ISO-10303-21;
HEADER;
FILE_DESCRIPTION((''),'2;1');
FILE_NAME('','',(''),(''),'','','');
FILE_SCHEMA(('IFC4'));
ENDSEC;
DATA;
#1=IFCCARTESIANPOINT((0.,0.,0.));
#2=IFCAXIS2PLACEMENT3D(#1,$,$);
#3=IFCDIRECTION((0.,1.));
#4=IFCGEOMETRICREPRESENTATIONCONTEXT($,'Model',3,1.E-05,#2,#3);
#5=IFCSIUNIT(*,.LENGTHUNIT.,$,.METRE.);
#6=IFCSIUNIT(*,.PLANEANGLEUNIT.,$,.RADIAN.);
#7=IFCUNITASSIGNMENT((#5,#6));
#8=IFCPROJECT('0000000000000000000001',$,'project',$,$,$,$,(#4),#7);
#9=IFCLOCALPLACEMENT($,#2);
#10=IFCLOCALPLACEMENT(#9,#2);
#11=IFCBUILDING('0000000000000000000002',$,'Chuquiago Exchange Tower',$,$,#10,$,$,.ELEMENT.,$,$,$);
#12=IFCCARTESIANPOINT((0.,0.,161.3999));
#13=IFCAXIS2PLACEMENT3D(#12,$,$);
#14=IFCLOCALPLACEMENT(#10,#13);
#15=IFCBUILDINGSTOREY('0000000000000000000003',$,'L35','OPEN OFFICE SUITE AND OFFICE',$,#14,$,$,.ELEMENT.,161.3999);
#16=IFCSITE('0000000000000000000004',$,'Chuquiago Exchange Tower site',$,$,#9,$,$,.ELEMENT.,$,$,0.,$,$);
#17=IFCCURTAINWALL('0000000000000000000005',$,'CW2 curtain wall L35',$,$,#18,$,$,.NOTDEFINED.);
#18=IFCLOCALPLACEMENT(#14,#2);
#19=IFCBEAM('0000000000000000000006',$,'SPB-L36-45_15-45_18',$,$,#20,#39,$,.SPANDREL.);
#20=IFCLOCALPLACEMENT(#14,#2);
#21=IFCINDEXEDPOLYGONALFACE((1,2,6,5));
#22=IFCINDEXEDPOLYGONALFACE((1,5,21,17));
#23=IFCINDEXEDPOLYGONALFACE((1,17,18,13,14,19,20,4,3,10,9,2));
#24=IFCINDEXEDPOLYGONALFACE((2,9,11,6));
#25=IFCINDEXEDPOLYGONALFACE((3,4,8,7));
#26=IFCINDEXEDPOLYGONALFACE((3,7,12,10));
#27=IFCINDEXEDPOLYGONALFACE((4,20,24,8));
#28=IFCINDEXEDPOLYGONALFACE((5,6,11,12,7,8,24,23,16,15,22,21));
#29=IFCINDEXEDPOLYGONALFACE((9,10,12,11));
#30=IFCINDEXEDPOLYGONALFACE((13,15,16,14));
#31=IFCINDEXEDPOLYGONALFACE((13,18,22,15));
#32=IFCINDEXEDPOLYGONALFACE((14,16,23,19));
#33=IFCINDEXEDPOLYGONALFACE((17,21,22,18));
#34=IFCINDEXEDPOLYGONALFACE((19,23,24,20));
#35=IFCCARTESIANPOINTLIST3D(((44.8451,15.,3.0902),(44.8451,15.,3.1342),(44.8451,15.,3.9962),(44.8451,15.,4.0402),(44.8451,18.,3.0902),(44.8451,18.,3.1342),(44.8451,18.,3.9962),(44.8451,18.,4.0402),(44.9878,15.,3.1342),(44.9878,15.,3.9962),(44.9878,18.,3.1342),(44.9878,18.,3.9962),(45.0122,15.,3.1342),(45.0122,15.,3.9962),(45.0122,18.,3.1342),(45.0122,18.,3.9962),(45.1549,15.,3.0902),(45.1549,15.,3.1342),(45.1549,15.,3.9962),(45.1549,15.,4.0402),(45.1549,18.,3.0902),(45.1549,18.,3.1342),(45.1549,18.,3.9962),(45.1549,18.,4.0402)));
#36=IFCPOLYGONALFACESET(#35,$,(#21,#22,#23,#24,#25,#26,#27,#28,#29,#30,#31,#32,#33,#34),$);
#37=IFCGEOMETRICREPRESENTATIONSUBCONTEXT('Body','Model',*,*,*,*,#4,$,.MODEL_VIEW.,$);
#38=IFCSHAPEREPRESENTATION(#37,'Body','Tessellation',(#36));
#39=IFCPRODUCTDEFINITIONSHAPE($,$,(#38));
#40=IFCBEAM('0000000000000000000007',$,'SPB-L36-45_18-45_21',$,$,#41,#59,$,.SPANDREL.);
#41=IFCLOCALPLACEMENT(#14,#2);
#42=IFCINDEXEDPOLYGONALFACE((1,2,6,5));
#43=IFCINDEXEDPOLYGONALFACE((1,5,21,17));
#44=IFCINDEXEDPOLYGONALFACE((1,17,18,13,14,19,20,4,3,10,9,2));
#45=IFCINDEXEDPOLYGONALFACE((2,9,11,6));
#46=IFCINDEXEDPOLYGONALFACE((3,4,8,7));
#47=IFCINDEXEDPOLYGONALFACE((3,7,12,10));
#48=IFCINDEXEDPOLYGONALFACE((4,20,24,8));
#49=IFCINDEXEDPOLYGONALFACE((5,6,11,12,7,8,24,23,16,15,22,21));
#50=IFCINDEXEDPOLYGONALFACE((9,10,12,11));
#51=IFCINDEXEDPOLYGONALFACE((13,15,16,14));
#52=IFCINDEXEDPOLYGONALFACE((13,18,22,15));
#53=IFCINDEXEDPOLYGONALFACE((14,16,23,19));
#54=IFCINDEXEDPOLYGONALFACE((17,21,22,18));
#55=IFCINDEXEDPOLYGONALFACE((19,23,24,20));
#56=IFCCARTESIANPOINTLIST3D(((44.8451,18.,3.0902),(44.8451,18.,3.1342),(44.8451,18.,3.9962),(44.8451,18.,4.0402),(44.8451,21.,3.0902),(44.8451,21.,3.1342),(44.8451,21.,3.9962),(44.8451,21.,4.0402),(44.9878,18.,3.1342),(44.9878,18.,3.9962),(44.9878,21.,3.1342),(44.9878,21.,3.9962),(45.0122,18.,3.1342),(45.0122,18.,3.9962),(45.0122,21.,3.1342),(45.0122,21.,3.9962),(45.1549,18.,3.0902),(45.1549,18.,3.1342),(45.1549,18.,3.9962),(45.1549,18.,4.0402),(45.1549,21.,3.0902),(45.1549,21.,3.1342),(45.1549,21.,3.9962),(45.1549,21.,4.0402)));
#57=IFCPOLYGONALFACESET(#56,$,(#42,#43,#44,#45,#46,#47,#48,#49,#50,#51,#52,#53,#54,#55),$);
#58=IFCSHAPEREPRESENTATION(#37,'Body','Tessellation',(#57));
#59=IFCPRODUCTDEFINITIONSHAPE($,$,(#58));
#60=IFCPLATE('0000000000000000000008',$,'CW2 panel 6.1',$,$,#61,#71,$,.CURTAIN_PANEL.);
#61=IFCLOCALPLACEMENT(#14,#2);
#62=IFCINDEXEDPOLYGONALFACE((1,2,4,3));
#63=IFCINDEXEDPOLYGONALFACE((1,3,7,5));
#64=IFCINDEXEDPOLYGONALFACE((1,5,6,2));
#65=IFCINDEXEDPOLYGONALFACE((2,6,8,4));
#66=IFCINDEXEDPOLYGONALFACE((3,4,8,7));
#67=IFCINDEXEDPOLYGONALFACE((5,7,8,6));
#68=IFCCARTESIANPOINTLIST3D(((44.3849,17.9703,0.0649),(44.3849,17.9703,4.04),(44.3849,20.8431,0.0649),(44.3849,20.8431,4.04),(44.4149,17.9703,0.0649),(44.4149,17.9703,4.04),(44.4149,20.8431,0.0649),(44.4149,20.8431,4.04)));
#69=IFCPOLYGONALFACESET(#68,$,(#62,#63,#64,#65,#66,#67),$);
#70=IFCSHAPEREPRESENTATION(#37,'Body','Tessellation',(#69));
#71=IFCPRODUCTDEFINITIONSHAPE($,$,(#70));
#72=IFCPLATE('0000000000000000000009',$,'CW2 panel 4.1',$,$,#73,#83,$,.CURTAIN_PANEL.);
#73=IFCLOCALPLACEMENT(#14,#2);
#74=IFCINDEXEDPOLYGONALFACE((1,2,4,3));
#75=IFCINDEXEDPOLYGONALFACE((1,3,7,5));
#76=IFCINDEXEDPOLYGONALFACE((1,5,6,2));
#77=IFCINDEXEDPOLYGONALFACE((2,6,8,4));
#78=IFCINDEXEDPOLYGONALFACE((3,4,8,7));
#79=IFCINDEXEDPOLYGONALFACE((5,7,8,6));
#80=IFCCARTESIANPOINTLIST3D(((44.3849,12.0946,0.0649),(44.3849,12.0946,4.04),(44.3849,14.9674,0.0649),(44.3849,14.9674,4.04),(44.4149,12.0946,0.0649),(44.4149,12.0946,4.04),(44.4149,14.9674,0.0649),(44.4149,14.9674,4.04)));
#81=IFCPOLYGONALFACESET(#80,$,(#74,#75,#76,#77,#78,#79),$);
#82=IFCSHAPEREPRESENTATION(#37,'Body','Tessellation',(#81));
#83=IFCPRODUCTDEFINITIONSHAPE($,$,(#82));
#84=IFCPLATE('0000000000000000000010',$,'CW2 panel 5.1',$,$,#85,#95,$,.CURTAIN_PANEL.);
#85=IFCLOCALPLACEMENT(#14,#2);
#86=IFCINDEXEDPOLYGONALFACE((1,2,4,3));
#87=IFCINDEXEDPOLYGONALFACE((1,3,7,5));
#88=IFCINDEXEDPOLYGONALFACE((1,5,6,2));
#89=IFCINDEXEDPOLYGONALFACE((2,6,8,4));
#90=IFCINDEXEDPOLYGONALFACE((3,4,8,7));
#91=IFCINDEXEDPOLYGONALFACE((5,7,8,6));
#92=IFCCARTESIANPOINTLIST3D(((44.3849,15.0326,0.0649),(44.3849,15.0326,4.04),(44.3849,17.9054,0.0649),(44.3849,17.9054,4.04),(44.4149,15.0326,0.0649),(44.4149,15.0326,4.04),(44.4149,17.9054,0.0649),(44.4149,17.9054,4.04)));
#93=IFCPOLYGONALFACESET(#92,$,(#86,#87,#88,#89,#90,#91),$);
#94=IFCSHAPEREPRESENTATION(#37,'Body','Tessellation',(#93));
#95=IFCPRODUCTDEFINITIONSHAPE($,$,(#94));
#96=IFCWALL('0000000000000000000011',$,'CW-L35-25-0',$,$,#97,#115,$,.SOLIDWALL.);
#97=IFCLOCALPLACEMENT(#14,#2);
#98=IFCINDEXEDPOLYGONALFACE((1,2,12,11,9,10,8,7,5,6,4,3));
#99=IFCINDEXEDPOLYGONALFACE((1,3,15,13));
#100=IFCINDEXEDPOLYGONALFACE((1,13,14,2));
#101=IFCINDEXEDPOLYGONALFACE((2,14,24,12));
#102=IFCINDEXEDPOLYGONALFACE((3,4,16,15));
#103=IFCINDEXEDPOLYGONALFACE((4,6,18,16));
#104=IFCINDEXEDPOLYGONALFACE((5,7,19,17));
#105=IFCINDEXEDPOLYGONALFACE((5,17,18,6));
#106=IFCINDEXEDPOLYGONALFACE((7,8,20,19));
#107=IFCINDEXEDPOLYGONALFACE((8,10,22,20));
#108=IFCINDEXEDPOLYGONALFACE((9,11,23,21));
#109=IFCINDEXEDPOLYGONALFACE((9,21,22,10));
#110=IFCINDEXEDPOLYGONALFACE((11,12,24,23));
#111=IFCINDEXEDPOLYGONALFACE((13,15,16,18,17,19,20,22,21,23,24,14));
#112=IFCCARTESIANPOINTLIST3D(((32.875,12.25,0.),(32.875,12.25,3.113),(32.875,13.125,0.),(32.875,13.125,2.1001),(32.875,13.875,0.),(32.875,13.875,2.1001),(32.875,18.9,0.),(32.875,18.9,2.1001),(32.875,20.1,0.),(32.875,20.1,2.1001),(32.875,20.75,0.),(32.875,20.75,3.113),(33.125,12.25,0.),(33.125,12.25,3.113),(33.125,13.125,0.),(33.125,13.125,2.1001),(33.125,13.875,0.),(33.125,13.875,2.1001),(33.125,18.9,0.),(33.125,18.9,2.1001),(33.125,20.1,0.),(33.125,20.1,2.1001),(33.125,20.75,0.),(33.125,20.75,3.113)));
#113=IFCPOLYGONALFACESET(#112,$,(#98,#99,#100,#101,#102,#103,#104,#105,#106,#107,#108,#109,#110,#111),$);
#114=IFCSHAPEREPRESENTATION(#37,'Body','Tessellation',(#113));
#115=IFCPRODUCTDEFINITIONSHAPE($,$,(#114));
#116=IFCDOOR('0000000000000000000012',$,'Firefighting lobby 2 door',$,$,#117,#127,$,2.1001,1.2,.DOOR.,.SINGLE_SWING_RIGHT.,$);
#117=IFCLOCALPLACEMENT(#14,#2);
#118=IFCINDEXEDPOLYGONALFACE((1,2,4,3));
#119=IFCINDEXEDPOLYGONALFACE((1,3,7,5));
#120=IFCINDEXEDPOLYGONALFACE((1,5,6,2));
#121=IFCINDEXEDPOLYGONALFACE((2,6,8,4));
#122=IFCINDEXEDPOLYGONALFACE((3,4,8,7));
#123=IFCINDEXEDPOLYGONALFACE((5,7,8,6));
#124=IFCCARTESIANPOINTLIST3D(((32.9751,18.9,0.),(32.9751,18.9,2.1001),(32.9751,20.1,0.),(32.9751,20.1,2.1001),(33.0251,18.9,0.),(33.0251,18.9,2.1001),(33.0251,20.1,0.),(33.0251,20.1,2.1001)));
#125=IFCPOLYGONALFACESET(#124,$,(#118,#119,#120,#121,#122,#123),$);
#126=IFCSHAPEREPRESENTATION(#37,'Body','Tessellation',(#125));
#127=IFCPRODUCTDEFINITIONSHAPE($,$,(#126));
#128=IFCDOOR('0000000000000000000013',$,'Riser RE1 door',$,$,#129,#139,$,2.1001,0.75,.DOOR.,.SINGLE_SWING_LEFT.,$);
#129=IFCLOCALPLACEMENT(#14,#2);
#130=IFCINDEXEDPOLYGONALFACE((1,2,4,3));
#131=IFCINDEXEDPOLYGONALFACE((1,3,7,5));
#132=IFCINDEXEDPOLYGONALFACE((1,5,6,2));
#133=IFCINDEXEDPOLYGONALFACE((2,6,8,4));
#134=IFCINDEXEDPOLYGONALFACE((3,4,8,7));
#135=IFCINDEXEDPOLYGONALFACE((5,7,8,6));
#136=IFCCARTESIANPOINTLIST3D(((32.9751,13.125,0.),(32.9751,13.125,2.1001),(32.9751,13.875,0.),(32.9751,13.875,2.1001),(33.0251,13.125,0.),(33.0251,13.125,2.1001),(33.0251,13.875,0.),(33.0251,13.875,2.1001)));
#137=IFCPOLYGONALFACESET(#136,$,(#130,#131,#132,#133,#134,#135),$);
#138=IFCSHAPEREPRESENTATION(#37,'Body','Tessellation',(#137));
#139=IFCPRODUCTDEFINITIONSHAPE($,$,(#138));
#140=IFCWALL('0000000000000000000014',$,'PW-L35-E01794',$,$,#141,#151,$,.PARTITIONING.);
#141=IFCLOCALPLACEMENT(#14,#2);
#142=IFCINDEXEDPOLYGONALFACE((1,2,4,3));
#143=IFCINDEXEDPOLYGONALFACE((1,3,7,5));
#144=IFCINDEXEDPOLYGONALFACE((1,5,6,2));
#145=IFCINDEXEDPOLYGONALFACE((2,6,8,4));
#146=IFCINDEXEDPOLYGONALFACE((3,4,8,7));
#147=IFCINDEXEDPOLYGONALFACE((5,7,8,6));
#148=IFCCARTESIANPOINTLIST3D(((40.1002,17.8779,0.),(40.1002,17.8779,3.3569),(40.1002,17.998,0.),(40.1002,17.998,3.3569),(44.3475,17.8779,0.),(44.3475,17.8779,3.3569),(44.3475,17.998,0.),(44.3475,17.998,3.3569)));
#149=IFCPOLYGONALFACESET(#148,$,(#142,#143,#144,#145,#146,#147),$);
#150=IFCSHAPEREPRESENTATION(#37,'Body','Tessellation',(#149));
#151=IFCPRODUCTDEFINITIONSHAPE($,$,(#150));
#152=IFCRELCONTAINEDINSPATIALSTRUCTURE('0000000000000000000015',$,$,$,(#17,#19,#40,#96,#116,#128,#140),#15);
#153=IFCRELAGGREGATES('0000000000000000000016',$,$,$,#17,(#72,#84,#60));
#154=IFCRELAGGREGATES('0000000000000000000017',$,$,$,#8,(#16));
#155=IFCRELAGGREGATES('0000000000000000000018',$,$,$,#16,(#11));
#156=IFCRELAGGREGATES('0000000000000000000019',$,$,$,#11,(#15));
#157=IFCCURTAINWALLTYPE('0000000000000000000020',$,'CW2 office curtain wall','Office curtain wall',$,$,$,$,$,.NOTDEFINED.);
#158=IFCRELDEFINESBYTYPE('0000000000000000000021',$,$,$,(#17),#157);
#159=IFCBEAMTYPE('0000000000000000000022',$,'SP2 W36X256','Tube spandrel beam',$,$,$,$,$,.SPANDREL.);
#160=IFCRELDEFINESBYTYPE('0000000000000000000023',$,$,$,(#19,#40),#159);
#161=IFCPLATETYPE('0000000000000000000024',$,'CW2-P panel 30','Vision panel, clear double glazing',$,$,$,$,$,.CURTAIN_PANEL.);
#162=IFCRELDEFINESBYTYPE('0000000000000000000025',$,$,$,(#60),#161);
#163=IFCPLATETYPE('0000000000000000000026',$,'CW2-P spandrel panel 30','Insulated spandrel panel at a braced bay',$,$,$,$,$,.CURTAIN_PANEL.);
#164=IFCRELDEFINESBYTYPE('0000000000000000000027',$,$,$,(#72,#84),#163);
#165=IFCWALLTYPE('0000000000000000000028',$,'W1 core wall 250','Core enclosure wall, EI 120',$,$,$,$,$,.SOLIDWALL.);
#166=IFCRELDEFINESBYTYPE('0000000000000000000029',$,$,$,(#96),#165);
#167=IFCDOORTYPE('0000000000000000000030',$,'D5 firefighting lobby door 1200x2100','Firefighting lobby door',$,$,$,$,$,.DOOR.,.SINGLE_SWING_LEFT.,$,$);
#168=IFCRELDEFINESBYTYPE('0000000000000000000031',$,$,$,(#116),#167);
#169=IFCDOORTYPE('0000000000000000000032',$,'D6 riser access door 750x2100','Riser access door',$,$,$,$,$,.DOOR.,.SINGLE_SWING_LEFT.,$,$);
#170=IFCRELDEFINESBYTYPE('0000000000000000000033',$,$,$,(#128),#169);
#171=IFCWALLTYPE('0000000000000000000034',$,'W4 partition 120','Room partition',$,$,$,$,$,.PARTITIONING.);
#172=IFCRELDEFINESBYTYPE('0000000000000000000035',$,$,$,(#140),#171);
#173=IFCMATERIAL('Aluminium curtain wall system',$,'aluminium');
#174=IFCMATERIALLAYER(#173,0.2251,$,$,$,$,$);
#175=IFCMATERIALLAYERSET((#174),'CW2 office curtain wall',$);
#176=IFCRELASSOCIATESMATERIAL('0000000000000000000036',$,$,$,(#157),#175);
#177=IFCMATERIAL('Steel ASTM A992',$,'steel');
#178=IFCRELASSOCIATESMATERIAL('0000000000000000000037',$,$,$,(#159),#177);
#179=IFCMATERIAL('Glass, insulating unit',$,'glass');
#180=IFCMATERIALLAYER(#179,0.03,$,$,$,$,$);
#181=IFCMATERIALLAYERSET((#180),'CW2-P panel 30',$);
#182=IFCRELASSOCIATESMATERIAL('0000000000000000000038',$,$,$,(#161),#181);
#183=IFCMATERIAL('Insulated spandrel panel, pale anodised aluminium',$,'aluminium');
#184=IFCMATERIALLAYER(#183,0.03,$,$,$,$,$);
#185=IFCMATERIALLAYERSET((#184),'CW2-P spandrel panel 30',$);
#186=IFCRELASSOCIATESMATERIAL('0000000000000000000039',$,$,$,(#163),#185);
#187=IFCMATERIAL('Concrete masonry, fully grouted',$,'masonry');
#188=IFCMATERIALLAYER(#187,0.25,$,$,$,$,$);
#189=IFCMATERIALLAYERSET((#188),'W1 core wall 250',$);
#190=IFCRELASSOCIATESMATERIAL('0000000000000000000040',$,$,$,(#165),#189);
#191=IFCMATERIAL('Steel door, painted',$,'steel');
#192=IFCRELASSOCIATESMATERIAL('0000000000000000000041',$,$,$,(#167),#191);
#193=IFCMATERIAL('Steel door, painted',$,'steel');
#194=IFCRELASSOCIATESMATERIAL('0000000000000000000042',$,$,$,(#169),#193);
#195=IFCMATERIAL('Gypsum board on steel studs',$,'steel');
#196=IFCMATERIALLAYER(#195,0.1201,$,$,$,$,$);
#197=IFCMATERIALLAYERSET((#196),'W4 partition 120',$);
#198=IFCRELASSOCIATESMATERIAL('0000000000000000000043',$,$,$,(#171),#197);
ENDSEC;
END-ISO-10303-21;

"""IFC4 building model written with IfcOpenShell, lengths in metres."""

from ifc_helpers import new_model, si_unit, direction, frame, frame_2d, origin, origin_2d, place, context, subcontext, project, spatial, rectangle, i_section, extrude, material, layer, layer_set, material_profile, profile_set, type_object, element, fill, aggregate, save


model = new_model("IFC4")

# Units and contexts
model_context = context("Model", 3, precision=1e-05, world=origin(), true_north=direction((0.0, 1.0)))
body_context = subcontext(model_context, "Body", "Model", "MODEL_VIEW")
ifc_project = project(units=[si_unit("LENGTHUNIT", "METRE"), si_unit("PLANEANGLEUNIT", "RADIAN")], contexts=[model_context])

# Site, building, storey
site_placement = place(None, origin())
site = spatial("IfcSite", under=ifc_project, at=site_placement, Name="Chuquiago Exchange Tower site", CompositionType="ELEMENT", RefElevation=0.0)
building_placement = place(site_placement, origin())
building = spatial("IfcBuilding", under=site, at=building_placement, Name="Chuquiago Exchange Tower", CompositionType="ELEMENT")
storey_placement = place(building_placement, frame((0.0, 0.0, 161.3999)))
storey = spatial("IfcBuildingStorey", under=building, at=storey_placement, Name="L35", Description="OPEN OFFICE SUITE AND OFFICE", CompositionType="ELEMENT", Elevation=161.3999)

# Curtain wall
ifc_material_1 = material(Name="Aluminium curtain wall system", Category="aluminium")
ifc_layer_1 = layer(ifc_material_1, 0.2251)
ifc_layer_set_1 = layer_set([ifc_layer_1], Name="CW2 office curtain wall")
curtain_wall_type = type_object("IfcCurtainWallType", Name="CW2 office curtain wall", Description="Office curtain wall", PredefinedType="NOTDEFINED", material=ifc_layer_set_1)
curtain_wall_placement = place(storey_placement, origin())
curtain_wall = element("IfcCurtainWall", 1, at=curtain_wall_placement, inside=storey, type_object=curtain_wall_type, Name="CW2 curtain wall L35", PredefinedType="NOTDEFINED")

# Beams
ifc_material_2 = material(Name="Steel ASTM A992", Category="steel")
ifc_material_profile_1 = material_profile(ifc_material_2, i_section(OverallWidth=0.3098, OverallDepth=0.95, WebThickness=0.0244, FlangeThickness=0.0439, at=origin_2d()), Name="W36X256")
ifc_profile_set_1 = profile_set([ifc_material_profile_1], Name="Steel ASTM A992")
beam_type_1 = type_object("IfcBeamType", Name="SP2 W36X256", Description="Tube spandrel beam", PredefinedType="SPANDREL", material=ifc_profile_set_1)
for number, where, z_axis, x_axis, name in (
    (2, (45.0, 15.0, 3.5652), (0.0, 1.0, 0.0), (-1.0, 0.0, 0.0), "SPB-L36-45_15-45_18"),
    (3, (45.0, 18.0, 3.5652), (0.0, 1.0, 0.0), (-1.0, 0.0, 0.0), "SPB-L36-45_18-45_21"),
):
    element("IfcBeam", number, at=place(storey_placement, frame(where, z_axis=z_axis, x_axis=x_axis)), inside=storey, type_object=beam_type_1, Name=name, PredefinedType="SPANDREL", context=body_context, shape_type="SweptSolid", body=[
        extrude(i_section(OverallWidth=0.3098, OverallDepth=0.95, WebThickness=0.0244, FlangeThickness=0.0439, at=origin_2d()), origin(), (0.0, 0.0, 1.0), 3.0),
    ])

# Plates
ifc_material_3 = material(Name="Glass, insulating unit", Category="glass")
ifc_layer_2 = layer(ifc_material_3, 0.03)
ifc_layer_set_2 = layer_set([ifc_layer_2], Name="CW2-P panel 30")
plate_type_1 = type_object("IfcPlateType", Name="CW2-P panel 30", Description="Vision panel, clear double glazing", PredefinedType="CURTAIN_PANEL", material=ifc_layer_set_2)
plate_1_placement = place(storey_placement, frame((44.3999, 19.4067, 0.0649), z_axis=(0.0, 0.0, 1.0), x_axis=(0.0, 1.0, 0.0)))
plate_1 = element("IfcPlate", 4, at=plate_1_placement, type_object=plate_type_1, Name="CW2 panel 6.1", PredefinedType="CURTAIN_PANEL", context=body_context, shape_type="SweptSolid", body=[
    extrude(rectangle(XDim=2.8728, YDim=0.03, at=origin_2d()), origin(), (0.0, 0.0, 1.0), 3.9751),
])
ifc_material_4 = material(Name="Insulated spandrel panel, pale anodised aluminium", Category="aluminium")
ifc_layer_3 = layer(ifc_material_4, 0.03)
ifc_layer_set_3 = layer_set([ifc_layer_3], Name="CW2-P spandrel panel 30")
plate_type_2 = type_object("IfcPlateType", Name="CW2-P spandrel panel 30", Description="Insulated spandrel panel at a braced bay", PredefinedType="CURTAIN_PANEL", material=ifc_layer_set_3)
plate_2_placement = place(storey_placement, frame((44.3999, 13.531, 0.0649), z_axis=(0.0, 0.0, 1.0), x_axis=(0.0, 1.0, 0.0)))
plate_2 = element("IfcPlate", 5, at=plate_2_placement, type_object=plate_type_2, Name="CW2 panel 4.1", PredefinedType="CURTAIN_PANEL", context=body_context, shape_type="SweptSolid", body=[
    extrude(rectangle(XDim=2.8728, YDim=0.03, at=origin_2d()), origin(), (0.0, 0.0, 1.0), 3.9751),
])
plate_3_placement = place(storey_placement, frame((44.3999, 16.469, 0.0649), z_axis=(0.0, 0.0, 1.0), x_axis=(0.0, 1.0, 0.0)))
plate_3 = element("IfcPlate", 6, at=plate_3_placement, type_object=plate_type_2, Name="CW2 panel 5.1", PredefinedType="CURTAIN_PANEL", context=body_context, shape_type="SweptSolid", body=[
    extrude(rectangle(XDim=2.8728, YDim=0.03, at=origin_2d()), origin(), (0.0, 0.0, 1.0), 3.9751),
])
aggregate(curtain_wall, [plate_2, plate_3, plate_1])

# Wall, openings, doors
ifc_material_5 = material(Name="Concrete masonry, fully grouted", Category="masonry")
ifc_layer_4 = layer(ifc_material_5, 0.25)
ifc_layer_set_4 = layer_set([ifc_layer_4], Name="W1 core wall 250")
wall_type_1 = type_object("IfcWallType", Name="W1 core wall 250", Description="Core enclosure wall, EI 120", PredefinedType="SOLIDWALL", material=ifc_layer_set_4)
wall_1_placement = place(storey_placement, frame((33.0, 12.25, 0.0), z_axis=(0.0, 0.0, 1.0), x_axis=(0.0, 1.0, 0.0)))
wall_1 = element("IfcWall", 7, at=wall_1_placement, inside=storey, type_object=wall_type_1, Name="CW-L35-25-0", PredefinedType="SOLIDWALL", context=body_context, shape_type="SweptSolid", body=[
    extrude(rectangle(XDim=8.5, YDim=0.25, at=frame_2d((4.25, 0.0))), origin(), (0.0, 0.0, 1.0), 3.113),
])
opening_1_placement = place(wall_1_placement, frame((6.6499, 0.0, 0.0)))
opening_1 = element("IfcOpeningElement", 8, at=opening_1_placement, cuts=wall_1, PredefinedType="OPENING", context=body_context, shape_type="SweptSolid", body=[
    extrude(rectangle(XDim=1.2, YDim=2.1001, at=frame_2d((0.6001, 1.05))), frame((0.0, 0.135, 0.0), z_axis=(0.0, -1.0, 0.0), x_axis=(1.0, 0.0, 0.0)), (0.0, 0.0, 1.0), 0.27),
])
opening_2_placement = place(wall_1_placement, frame((0.875, 0.0, 0.0)))
opening_2 = element("IfcOpeningElement", 9, at=opening_2_placement, cuts=wall_1, PredefinedType="OPENING", context=body_context, shape_type="SweptSolid", body=[
    extrude(rectangle(XDim=0.75, YDim=2.1001, at=frame_2d((0.375, 1.05))), frame((0.0, 0.135, 0.0), z_axis=(0.0, -1.0, 0.0), x_axis=(1.0, 0.0, 0.0)), (0.0, 0.0, 1.0), 0.27),
])
ifc_material_6 = material(Name="Steel door, painted", Category="steel")
door_type_1 = type_object("IfcDoorType", Name="D5 firefighting lobby door 1200x2100", Description="Firefighting lobby door", OperationType="SINGLE_SWING_LEFT", PredefinedType="DOOR", material=ifc_material_6)
door_1_placement = place(opening_1_placement, origin())
door_1 = element("IfcDoor", 10, at=door_1_placement, inside=storey, type_object=door_type_1, Name="Firefighting lobby 2 door", OperationType="SINGLE_SWING_RIGHT", OverallHeight=2.1001, OverallWidth=1.2, PredefinedType="DOOR", context=body_context, shape_type="SweptSolid", body=[
    extrude(rectangle(XDim=1.2, YDim=2.1001, at=frame_2d((0.6001, 1.05))), frame((0.0, 0.0249, 0.0), z_axis=(0.0, -1.0, 0.0), x_axis=(1.0, 0.0, 0.0)), (0.0, 0.0, 1.0), 0.05),
])
fill(opening_1, door_1)
ifc_material_7 = material(Name="Steel door, painted", Category="steel")
door_type_2 = type_object("IfcDoorType", Name="D6 riser access door 750x2100", Description="Riser access door", OperationType="SINGLE_SWING_LEFT", PredefinedType="DOOR", material=ifc_material_7)
door_2_placement = place(opening_2_placement, origin())
door_2 = element("IfcDoor", 11, at=door_2_placement, inside=storey, type_object=door_type_2, Name="Riser RE1 door", OperationType="SINGLE_SWING_LEFT", OverallHeight=2.1001, OverallWidth=0.75, PredefinedType="DOOR", context=body_context, shape_type="SweptSolid", body=[
    extrude(rectangle(XDim=0.75, YDim=2.1001, at=frame_2d((0.375, 1.05))), frame((0.0, 0.0249, 0.0), z_axis=(0.0, -1.0, 0.0), x_axis=(1.0, 0.0, 0.0)), (0.0, 0.0, 1.0), 0.05),
])
fill(opening_2, door_2)

# Wall
ifc_material_8 = material(Name="Gypsum board on steel studs", Category="steel")
ifc_layer_5 = layer(ifc_material_8, 0.1201)
ifc_layer_set_5 = layer_set([ifc_layer_5], Name="W4 partition 120")
wall_type_2 = type_object("IfcWallType", Name="W4 partition 120", Description="Room partition", PredefinedType="PARTITIONING", material=ifc_layer_set_5)
wall_2_placement = place(storey_placement, frame((44.3474, 17.938, 0.0), z_axis=(0.0, 0.0, 1.0), x_axis=(-1.0, 0.0, 0.0)))
element("IfcWall", 12, at=wall_2_placement, inside=storey, type_object=wall_type_2, Name="PW-L35-E01794", PredefinedType="PARTITIONING", context=body_context, shape_type="SweptSolid", body=[
    extrude(rectangle(XDim=4.2473, YDim=0.1201, at=frame_2d((2.1235, 0.0))), origin(), (0.0, 0.0, 1.0), 3.3569),
])

save(model, "model.ifc")
